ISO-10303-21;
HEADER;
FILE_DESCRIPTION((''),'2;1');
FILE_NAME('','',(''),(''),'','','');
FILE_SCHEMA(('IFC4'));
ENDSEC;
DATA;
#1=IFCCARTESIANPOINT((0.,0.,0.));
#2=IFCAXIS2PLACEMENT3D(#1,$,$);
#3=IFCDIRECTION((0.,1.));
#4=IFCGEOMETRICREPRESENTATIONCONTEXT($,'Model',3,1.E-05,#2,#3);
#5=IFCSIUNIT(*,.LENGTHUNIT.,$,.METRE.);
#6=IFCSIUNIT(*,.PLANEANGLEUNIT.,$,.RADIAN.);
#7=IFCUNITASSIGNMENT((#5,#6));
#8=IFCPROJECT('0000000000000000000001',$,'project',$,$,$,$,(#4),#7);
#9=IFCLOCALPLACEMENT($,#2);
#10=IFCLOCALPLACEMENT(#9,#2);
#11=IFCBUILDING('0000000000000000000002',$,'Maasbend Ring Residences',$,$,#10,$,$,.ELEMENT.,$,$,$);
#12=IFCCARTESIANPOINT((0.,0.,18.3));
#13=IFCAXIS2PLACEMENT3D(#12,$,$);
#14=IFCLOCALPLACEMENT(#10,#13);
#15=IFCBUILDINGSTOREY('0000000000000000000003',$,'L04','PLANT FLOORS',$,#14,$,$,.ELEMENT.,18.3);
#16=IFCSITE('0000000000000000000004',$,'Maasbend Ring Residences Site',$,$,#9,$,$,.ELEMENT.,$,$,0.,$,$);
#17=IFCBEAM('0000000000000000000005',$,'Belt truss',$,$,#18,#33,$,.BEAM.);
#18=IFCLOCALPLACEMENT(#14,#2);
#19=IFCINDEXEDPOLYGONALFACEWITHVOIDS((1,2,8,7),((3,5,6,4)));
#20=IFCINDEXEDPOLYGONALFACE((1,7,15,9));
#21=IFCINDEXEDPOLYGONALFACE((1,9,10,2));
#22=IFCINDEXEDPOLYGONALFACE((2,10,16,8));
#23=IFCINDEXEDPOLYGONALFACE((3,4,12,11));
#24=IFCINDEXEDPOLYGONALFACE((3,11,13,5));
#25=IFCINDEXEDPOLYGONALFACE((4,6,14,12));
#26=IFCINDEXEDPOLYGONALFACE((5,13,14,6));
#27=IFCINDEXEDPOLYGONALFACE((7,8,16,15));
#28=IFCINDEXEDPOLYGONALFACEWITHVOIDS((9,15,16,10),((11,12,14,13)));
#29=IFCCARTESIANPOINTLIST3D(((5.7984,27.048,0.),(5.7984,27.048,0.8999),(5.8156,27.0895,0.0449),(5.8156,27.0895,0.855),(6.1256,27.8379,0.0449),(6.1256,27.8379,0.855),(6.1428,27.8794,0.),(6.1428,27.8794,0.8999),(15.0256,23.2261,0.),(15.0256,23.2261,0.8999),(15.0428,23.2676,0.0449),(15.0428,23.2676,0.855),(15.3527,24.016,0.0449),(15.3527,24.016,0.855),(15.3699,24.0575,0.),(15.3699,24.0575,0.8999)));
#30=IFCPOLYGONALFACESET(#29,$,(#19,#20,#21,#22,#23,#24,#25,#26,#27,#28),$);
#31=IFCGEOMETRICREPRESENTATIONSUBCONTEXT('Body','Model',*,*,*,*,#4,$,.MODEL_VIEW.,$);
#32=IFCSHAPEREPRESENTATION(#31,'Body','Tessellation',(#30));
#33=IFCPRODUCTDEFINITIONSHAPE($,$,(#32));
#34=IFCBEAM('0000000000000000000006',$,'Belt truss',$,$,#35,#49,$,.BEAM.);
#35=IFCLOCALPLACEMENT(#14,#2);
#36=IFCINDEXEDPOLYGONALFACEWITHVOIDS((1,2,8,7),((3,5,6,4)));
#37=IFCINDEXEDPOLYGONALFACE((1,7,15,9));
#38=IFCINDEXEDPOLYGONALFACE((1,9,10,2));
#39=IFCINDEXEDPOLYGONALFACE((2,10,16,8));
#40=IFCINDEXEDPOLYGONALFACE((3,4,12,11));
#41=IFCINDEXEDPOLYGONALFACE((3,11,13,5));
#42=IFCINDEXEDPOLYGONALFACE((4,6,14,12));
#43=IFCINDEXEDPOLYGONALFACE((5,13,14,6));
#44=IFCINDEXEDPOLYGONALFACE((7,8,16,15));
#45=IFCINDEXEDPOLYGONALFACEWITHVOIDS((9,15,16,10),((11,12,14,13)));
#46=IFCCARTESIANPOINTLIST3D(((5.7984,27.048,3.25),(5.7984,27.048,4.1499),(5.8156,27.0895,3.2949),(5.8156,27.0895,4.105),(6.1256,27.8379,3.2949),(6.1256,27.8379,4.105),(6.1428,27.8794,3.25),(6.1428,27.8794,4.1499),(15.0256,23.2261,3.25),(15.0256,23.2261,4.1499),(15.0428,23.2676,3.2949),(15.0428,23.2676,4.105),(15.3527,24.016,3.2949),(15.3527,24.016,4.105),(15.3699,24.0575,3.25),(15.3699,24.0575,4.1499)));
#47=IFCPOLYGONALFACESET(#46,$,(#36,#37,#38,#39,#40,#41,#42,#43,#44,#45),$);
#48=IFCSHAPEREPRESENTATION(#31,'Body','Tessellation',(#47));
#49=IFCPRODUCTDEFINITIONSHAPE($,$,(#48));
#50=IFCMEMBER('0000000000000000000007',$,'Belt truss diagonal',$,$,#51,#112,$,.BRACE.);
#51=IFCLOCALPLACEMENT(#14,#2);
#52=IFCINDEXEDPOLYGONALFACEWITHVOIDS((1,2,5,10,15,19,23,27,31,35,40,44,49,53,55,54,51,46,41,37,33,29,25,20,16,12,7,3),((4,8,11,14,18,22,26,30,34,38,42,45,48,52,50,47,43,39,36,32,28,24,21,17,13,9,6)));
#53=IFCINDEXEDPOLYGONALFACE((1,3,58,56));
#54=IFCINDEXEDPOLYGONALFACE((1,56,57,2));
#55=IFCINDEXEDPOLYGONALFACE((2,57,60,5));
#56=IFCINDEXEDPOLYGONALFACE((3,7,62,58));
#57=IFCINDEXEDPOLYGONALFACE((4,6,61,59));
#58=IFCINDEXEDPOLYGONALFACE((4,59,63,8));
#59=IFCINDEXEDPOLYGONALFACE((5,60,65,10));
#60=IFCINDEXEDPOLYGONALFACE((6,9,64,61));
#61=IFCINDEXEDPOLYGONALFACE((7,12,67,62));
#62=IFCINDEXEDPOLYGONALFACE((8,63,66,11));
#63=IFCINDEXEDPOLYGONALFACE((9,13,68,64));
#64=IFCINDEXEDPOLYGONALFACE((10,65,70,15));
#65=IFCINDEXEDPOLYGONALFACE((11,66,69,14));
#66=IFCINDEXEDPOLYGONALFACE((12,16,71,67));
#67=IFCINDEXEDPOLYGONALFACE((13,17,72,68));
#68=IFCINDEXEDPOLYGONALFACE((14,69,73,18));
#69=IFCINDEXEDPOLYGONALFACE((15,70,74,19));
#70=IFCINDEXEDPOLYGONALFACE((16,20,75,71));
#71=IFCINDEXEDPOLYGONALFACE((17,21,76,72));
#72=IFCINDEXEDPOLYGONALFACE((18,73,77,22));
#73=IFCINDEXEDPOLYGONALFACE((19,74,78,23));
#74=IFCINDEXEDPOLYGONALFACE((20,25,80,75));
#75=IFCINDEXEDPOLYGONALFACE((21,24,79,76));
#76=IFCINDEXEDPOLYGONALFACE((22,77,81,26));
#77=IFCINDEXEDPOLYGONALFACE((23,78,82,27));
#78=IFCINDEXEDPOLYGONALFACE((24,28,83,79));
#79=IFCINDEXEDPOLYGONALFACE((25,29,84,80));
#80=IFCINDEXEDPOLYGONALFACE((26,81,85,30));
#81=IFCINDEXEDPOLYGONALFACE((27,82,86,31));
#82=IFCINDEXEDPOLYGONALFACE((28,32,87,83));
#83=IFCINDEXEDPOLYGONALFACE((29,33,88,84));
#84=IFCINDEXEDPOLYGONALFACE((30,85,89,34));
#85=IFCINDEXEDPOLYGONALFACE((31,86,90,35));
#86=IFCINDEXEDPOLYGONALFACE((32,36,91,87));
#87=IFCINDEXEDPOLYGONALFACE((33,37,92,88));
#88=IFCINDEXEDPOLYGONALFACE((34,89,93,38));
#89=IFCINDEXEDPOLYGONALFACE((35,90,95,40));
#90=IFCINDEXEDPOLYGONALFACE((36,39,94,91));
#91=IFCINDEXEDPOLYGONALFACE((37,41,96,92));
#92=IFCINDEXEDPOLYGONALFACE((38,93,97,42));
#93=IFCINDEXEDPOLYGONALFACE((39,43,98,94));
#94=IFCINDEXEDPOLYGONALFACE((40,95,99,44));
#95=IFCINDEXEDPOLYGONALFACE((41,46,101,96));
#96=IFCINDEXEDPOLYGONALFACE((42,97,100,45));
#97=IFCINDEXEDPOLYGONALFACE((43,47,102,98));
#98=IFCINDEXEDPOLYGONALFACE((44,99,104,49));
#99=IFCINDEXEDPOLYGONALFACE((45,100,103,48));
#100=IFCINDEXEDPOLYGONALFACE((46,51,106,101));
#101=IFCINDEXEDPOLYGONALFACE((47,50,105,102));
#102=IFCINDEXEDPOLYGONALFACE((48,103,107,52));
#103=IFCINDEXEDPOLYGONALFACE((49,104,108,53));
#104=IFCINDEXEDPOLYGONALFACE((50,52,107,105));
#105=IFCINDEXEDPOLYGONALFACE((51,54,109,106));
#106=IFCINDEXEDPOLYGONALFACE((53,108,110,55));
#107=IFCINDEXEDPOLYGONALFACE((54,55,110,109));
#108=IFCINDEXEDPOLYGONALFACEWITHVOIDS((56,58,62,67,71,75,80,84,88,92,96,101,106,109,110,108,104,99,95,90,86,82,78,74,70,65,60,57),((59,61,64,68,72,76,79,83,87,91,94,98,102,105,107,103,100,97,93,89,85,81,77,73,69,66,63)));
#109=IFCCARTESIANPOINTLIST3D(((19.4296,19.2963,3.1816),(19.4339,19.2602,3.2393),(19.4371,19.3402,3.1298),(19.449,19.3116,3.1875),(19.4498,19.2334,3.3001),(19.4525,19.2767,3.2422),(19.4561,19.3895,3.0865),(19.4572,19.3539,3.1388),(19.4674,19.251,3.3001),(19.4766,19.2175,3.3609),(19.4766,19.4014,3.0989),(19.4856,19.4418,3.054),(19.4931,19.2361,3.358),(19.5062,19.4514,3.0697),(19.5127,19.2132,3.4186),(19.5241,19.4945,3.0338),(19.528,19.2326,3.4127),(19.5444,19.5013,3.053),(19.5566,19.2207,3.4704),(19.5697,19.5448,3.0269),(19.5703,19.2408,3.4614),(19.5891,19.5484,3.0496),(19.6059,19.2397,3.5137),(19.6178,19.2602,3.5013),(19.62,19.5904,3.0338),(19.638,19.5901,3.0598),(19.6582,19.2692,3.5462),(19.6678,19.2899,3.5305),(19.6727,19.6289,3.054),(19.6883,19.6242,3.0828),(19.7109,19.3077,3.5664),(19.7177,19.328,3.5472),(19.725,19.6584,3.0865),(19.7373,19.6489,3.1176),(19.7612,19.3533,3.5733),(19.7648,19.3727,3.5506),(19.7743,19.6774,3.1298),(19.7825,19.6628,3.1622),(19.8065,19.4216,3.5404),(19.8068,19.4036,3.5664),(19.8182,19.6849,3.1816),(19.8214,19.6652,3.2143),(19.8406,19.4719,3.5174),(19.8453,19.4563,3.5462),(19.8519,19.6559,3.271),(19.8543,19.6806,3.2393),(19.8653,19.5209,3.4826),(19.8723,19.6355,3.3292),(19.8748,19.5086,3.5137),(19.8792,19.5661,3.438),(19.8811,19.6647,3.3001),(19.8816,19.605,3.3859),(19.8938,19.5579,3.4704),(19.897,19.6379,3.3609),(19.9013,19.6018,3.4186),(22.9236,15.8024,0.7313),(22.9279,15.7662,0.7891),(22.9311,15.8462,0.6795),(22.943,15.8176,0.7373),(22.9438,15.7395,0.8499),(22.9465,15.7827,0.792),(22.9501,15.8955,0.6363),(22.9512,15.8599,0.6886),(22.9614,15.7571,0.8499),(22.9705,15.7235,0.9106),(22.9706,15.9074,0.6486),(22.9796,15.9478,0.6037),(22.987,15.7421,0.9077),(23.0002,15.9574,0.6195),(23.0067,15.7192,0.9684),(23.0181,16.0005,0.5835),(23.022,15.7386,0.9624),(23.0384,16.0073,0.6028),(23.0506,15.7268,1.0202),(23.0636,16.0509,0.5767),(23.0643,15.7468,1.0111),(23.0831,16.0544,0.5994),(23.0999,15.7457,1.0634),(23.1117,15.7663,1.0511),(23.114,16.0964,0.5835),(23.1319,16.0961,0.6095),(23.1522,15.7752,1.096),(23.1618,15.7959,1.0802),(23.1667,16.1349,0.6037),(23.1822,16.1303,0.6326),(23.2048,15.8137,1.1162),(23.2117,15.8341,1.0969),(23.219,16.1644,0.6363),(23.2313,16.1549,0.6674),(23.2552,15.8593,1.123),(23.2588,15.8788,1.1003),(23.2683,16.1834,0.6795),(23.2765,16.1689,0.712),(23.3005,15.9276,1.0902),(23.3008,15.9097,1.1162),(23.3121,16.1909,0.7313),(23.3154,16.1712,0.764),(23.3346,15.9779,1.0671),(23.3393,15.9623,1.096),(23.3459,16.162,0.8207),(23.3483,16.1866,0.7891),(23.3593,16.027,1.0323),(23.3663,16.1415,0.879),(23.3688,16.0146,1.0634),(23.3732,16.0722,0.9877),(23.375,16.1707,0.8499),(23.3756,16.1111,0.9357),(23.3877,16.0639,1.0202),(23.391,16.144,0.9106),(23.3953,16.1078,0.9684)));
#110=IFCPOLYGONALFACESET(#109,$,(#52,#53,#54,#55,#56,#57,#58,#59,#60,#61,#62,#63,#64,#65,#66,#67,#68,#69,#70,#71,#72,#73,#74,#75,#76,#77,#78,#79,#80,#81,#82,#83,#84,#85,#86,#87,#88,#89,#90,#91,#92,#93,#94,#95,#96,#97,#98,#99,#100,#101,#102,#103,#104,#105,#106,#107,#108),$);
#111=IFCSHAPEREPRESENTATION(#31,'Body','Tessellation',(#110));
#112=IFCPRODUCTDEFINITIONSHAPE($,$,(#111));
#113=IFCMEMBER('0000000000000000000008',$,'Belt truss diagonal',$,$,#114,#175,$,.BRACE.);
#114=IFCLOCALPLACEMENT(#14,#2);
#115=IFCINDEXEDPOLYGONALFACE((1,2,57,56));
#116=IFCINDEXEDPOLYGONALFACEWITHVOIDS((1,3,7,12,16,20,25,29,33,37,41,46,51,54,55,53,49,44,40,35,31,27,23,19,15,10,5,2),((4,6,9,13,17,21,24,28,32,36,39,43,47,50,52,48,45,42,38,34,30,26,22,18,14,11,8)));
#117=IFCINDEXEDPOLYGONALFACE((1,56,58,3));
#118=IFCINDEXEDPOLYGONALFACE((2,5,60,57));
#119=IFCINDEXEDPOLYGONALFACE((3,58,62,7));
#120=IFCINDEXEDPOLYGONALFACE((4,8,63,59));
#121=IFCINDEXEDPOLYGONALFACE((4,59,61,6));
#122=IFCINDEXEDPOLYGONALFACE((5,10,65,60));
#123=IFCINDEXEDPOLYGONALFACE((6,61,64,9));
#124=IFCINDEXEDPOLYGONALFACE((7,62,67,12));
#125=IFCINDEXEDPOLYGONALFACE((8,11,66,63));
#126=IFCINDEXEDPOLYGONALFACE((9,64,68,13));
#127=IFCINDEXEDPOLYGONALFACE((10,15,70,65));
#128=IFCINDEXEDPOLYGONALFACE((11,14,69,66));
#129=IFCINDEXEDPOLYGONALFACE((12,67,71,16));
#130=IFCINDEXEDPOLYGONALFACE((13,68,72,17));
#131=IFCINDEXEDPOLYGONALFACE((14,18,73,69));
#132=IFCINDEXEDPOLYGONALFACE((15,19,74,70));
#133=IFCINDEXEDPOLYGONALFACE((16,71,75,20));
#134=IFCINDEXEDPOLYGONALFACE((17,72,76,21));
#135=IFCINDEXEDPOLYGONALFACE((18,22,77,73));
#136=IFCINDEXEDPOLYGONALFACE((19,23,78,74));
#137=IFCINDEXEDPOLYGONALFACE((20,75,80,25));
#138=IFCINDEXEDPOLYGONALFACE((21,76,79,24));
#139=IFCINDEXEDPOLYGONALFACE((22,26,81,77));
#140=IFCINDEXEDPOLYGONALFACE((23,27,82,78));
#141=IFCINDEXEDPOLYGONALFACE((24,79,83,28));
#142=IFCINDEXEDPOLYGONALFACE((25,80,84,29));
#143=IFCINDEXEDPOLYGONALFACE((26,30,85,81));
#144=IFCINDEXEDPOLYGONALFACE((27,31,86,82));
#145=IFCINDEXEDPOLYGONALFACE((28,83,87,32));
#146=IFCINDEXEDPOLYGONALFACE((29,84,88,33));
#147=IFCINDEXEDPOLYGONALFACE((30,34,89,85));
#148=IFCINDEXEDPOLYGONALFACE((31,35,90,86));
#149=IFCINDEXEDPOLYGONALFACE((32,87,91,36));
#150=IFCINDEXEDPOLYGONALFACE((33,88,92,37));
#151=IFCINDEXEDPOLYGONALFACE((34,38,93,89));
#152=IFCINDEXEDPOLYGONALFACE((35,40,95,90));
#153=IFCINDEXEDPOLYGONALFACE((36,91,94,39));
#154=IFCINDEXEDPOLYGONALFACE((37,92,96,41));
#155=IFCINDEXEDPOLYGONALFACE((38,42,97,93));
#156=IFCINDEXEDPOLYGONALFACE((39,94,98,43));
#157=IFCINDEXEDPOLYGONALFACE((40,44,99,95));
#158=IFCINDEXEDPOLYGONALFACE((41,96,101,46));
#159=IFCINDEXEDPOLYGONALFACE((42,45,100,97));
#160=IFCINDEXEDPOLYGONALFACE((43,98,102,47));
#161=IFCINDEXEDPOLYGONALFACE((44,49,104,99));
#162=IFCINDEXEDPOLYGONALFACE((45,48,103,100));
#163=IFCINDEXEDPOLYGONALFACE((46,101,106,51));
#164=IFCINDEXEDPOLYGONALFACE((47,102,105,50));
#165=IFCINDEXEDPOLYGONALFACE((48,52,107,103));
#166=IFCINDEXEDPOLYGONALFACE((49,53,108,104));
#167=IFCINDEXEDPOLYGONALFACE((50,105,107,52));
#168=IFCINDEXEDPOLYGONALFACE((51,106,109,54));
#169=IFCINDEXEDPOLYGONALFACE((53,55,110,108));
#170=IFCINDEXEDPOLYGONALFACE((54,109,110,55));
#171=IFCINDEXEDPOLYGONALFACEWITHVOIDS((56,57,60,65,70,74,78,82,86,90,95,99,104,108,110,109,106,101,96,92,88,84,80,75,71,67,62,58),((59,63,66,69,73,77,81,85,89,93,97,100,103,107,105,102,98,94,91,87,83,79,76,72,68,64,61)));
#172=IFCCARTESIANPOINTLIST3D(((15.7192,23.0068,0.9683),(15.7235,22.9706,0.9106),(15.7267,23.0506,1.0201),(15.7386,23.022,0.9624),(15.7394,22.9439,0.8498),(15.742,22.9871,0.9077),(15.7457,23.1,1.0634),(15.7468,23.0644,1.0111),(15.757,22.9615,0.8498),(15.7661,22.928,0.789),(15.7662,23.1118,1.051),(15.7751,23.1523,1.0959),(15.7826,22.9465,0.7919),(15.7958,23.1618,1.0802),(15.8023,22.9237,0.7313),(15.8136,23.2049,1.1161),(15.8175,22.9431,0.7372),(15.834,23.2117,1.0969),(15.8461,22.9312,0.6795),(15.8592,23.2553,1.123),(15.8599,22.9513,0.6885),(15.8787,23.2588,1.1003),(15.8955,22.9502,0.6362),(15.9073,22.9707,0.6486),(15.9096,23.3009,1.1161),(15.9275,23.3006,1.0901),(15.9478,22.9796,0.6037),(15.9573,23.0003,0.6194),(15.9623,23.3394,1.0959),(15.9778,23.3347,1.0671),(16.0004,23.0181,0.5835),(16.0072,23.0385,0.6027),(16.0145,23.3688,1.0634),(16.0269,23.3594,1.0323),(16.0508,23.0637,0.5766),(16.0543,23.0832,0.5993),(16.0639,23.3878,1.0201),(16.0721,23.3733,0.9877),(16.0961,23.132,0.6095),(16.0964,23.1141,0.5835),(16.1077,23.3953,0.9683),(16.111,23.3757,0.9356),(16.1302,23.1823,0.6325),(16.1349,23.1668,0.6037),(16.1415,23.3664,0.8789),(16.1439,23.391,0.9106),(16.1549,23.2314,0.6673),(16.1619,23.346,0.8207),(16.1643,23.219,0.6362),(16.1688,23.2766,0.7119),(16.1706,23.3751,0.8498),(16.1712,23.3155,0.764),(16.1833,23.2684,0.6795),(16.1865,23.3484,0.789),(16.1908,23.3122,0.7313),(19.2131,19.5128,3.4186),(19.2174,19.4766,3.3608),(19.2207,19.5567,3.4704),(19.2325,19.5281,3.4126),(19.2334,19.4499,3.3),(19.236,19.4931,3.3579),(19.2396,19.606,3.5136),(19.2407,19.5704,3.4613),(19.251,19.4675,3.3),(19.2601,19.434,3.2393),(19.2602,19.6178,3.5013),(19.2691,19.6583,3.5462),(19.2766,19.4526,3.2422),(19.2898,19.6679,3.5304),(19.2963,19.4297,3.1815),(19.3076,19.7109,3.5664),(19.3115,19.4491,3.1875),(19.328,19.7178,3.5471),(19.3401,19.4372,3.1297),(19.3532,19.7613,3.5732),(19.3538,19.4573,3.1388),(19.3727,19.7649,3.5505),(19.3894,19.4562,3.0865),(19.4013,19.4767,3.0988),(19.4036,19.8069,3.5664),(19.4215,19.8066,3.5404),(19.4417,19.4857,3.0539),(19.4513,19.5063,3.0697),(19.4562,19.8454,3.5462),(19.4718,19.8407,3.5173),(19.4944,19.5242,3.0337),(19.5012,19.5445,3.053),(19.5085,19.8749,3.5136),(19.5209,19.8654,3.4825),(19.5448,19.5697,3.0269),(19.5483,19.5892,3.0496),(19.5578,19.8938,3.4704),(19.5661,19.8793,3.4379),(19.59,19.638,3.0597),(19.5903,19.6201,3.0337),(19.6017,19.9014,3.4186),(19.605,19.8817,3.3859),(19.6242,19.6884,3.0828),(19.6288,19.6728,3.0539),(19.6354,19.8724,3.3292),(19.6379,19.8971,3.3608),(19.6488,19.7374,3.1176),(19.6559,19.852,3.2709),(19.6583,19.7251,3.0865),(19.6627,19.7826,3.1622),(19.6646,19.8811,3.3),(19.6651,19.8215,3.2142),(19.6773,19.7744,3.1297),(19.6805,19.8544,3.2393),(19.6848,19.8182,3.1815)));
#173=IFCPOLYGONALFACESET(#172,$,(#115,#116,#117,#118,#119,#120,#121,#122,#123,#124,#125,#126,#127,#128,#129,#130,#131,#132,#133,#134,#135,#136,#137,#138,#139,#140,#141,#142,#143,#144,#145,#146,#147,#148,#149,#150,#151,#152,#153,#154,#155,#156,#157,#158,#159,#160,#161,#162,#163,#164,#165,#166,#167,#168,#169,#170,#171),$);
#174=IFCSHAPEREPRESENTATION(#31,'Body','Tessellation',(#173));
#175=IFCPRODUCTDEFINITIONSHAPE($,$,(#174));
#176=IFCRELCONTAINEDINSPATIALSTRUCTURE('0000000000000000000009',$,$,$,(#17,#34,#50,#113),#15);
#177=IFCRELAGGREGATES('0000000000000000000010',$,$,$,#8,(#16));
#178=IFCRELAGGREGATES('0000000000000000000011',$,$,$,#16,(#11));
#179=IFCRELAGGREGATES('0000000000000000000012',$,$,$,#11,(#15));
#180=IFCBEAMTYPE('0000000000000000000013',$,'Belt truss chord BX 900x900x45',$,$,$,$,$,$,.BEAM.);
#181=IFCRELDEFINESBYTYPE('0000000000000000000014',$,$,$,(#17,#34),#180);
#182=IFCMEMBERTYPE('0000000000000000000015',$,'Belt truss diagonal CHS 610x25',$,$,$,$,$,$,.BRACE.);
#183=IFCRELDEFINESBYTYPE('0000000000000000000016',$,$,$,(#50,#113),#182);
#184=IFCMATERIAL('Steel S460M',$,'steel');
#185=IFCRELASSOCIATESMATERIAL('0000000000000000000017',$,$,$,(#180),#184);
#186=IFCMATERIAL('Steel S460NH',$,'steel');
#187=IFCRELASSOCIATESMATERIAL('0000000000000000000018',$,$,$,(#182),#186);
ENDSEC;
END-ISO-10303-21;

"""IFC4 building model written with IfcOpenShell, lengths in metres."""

from ifc_helpers import new_model, si_unit, direction, frame, origin, origin_2d, place, context, subcontext, project, spatial, hollow_rectangle, hollow_circle, extrude, material, material_profile, profile_set, type_object, element, save


model = new_model("IFC4")

# Units and contexts
model_context = context("Model", 3, precision=1e-05, world=origin(), true_north=direction((0.0, 1.0)))
body_context = subcontext(model_context, "Body", "Model", "MODEL_VIEW")
ifc_project = project(units=[si_unit("LENGTHUNIT", "METRE"), si_unit("PLANEANGLEUNIT", "RADIAN")], contexts=[model_context])

# Site, building, storey
site_placement = place(None, origin())
site = spatial("IfcSite", under=ifc_project, at=site_placement, Name="Maasbend Ring Residences Site", CompositionType="ELEMENT", RefElevation=0.0)
building_placement = place(site_placement, origin())
building = spatial("IfcBuilding", under=site, at=building_placement, Name="Maasbend Ring Residences", CompositionType="ELEMENT")
storey_placement = place(building_placement, frame((0.0, 0.0, 18.3)))
storey = spatial("IfcBuildingStorey", under=building, at=storey_placement, Name="L04", Description="PLANT FLOORS", CompositionType="ELEMENT", Elevation=18.3)

# Beams
ifc_material_1 = material(Name="Steel S460M", Category="steel")
ifc_material_profile_1 = material_profile(ifc_material_1, hollow_rectangle(XDim=0.8999, YDim=0.8999, WallThickness=0.0449, at=origin_2d()), Name="Belt truss chord BX 900x900x45")
ifc_profile_set_1 = profile_set([ifc_material_profile_1], Name="Steel S460M")
beam_type_1 = type_object("IfcBeamType", Name="Belt truss chord BX 900x900x45", PredefinedType="BEAM", material=ifc_profile_set_1)
for number, where, z_axis, x_axis, name in (
    (1, (15.1978, 23.6418, 0.45), (-0.923886, 0.382667, 0.0), (-0.382667, -0.923886, 0.0), "Belt truss"),
    (2, (15.1978, 23.6418, 3.7), (-0.923886, 0.382667, 0.0), (-0.382667, -0.923886, 0.0), "Belt truss"),
):
    element("IfcBeam", number, at=place(storey_placement, frame(where, z_axis=z_axis, x_axis=x_axis)), inside=storey, type_object=beam_type_1, Name=name, PredefinedType="BEAM", context=body_context, shape_type="SweptSolid", body=[
        extrude(hollow_rectangle(XDim=0.8999, YDim=0.8999, WallThickness=0.0449, at=origin_2d()), origin(), (0.0, 0.0, 1.0), 9.9873),
    ])

# Members
ifc_material_2 = material(Name="Steel S460NH", Category="steel")
ifc_material_profile_2 = material_profile(ifc_material_2, hollow_circle(Radius=0.3049, WallThickness=0.0249, at=origin_2d()), Name="Belt truss diagonal CHS 610x25")
ifc_profile_set_2 = profile_set([ifc_material_profile_2], Name="Steel S460NH")
member_type_1 = type_object("IfcMemberType", Name="Belt truss diagonal CHS 610x25", PredefinedType="BRACE", material=ifc_profile_set_2)
for number, where, z_axis, x_axis, name in (
    (3, (23.1594, 15.9551, 0.8499), (-0.633496, 0.633496, 0.444258), (-0.707107, -0.707107, 0.0), "Belt truss diagonal"),
    (4, (19.449, 19.6655, 3.3), (-0.633496, 0.633496, -0.444258), (-0.707107, -0.707107, 0.0), "Belt truss diagonal"),
):
    element("IfcMember", number, at=place(storey_placement, frame(where, z_axis=z_axis, x_axis=x_axis)), inside=storey, type_object=member_type_1, Name=name, PredefinedType="BRACE", context=body_context, shape_type="SweptSolid", body=[
        extrude(hollow_circle(Radius=0.3049, WallThickness=0.0249, at=origin_2d()), origin(), (0.0, 0.0, 1.0), 5.5154),
    ])

save(model, "model.ifc")
